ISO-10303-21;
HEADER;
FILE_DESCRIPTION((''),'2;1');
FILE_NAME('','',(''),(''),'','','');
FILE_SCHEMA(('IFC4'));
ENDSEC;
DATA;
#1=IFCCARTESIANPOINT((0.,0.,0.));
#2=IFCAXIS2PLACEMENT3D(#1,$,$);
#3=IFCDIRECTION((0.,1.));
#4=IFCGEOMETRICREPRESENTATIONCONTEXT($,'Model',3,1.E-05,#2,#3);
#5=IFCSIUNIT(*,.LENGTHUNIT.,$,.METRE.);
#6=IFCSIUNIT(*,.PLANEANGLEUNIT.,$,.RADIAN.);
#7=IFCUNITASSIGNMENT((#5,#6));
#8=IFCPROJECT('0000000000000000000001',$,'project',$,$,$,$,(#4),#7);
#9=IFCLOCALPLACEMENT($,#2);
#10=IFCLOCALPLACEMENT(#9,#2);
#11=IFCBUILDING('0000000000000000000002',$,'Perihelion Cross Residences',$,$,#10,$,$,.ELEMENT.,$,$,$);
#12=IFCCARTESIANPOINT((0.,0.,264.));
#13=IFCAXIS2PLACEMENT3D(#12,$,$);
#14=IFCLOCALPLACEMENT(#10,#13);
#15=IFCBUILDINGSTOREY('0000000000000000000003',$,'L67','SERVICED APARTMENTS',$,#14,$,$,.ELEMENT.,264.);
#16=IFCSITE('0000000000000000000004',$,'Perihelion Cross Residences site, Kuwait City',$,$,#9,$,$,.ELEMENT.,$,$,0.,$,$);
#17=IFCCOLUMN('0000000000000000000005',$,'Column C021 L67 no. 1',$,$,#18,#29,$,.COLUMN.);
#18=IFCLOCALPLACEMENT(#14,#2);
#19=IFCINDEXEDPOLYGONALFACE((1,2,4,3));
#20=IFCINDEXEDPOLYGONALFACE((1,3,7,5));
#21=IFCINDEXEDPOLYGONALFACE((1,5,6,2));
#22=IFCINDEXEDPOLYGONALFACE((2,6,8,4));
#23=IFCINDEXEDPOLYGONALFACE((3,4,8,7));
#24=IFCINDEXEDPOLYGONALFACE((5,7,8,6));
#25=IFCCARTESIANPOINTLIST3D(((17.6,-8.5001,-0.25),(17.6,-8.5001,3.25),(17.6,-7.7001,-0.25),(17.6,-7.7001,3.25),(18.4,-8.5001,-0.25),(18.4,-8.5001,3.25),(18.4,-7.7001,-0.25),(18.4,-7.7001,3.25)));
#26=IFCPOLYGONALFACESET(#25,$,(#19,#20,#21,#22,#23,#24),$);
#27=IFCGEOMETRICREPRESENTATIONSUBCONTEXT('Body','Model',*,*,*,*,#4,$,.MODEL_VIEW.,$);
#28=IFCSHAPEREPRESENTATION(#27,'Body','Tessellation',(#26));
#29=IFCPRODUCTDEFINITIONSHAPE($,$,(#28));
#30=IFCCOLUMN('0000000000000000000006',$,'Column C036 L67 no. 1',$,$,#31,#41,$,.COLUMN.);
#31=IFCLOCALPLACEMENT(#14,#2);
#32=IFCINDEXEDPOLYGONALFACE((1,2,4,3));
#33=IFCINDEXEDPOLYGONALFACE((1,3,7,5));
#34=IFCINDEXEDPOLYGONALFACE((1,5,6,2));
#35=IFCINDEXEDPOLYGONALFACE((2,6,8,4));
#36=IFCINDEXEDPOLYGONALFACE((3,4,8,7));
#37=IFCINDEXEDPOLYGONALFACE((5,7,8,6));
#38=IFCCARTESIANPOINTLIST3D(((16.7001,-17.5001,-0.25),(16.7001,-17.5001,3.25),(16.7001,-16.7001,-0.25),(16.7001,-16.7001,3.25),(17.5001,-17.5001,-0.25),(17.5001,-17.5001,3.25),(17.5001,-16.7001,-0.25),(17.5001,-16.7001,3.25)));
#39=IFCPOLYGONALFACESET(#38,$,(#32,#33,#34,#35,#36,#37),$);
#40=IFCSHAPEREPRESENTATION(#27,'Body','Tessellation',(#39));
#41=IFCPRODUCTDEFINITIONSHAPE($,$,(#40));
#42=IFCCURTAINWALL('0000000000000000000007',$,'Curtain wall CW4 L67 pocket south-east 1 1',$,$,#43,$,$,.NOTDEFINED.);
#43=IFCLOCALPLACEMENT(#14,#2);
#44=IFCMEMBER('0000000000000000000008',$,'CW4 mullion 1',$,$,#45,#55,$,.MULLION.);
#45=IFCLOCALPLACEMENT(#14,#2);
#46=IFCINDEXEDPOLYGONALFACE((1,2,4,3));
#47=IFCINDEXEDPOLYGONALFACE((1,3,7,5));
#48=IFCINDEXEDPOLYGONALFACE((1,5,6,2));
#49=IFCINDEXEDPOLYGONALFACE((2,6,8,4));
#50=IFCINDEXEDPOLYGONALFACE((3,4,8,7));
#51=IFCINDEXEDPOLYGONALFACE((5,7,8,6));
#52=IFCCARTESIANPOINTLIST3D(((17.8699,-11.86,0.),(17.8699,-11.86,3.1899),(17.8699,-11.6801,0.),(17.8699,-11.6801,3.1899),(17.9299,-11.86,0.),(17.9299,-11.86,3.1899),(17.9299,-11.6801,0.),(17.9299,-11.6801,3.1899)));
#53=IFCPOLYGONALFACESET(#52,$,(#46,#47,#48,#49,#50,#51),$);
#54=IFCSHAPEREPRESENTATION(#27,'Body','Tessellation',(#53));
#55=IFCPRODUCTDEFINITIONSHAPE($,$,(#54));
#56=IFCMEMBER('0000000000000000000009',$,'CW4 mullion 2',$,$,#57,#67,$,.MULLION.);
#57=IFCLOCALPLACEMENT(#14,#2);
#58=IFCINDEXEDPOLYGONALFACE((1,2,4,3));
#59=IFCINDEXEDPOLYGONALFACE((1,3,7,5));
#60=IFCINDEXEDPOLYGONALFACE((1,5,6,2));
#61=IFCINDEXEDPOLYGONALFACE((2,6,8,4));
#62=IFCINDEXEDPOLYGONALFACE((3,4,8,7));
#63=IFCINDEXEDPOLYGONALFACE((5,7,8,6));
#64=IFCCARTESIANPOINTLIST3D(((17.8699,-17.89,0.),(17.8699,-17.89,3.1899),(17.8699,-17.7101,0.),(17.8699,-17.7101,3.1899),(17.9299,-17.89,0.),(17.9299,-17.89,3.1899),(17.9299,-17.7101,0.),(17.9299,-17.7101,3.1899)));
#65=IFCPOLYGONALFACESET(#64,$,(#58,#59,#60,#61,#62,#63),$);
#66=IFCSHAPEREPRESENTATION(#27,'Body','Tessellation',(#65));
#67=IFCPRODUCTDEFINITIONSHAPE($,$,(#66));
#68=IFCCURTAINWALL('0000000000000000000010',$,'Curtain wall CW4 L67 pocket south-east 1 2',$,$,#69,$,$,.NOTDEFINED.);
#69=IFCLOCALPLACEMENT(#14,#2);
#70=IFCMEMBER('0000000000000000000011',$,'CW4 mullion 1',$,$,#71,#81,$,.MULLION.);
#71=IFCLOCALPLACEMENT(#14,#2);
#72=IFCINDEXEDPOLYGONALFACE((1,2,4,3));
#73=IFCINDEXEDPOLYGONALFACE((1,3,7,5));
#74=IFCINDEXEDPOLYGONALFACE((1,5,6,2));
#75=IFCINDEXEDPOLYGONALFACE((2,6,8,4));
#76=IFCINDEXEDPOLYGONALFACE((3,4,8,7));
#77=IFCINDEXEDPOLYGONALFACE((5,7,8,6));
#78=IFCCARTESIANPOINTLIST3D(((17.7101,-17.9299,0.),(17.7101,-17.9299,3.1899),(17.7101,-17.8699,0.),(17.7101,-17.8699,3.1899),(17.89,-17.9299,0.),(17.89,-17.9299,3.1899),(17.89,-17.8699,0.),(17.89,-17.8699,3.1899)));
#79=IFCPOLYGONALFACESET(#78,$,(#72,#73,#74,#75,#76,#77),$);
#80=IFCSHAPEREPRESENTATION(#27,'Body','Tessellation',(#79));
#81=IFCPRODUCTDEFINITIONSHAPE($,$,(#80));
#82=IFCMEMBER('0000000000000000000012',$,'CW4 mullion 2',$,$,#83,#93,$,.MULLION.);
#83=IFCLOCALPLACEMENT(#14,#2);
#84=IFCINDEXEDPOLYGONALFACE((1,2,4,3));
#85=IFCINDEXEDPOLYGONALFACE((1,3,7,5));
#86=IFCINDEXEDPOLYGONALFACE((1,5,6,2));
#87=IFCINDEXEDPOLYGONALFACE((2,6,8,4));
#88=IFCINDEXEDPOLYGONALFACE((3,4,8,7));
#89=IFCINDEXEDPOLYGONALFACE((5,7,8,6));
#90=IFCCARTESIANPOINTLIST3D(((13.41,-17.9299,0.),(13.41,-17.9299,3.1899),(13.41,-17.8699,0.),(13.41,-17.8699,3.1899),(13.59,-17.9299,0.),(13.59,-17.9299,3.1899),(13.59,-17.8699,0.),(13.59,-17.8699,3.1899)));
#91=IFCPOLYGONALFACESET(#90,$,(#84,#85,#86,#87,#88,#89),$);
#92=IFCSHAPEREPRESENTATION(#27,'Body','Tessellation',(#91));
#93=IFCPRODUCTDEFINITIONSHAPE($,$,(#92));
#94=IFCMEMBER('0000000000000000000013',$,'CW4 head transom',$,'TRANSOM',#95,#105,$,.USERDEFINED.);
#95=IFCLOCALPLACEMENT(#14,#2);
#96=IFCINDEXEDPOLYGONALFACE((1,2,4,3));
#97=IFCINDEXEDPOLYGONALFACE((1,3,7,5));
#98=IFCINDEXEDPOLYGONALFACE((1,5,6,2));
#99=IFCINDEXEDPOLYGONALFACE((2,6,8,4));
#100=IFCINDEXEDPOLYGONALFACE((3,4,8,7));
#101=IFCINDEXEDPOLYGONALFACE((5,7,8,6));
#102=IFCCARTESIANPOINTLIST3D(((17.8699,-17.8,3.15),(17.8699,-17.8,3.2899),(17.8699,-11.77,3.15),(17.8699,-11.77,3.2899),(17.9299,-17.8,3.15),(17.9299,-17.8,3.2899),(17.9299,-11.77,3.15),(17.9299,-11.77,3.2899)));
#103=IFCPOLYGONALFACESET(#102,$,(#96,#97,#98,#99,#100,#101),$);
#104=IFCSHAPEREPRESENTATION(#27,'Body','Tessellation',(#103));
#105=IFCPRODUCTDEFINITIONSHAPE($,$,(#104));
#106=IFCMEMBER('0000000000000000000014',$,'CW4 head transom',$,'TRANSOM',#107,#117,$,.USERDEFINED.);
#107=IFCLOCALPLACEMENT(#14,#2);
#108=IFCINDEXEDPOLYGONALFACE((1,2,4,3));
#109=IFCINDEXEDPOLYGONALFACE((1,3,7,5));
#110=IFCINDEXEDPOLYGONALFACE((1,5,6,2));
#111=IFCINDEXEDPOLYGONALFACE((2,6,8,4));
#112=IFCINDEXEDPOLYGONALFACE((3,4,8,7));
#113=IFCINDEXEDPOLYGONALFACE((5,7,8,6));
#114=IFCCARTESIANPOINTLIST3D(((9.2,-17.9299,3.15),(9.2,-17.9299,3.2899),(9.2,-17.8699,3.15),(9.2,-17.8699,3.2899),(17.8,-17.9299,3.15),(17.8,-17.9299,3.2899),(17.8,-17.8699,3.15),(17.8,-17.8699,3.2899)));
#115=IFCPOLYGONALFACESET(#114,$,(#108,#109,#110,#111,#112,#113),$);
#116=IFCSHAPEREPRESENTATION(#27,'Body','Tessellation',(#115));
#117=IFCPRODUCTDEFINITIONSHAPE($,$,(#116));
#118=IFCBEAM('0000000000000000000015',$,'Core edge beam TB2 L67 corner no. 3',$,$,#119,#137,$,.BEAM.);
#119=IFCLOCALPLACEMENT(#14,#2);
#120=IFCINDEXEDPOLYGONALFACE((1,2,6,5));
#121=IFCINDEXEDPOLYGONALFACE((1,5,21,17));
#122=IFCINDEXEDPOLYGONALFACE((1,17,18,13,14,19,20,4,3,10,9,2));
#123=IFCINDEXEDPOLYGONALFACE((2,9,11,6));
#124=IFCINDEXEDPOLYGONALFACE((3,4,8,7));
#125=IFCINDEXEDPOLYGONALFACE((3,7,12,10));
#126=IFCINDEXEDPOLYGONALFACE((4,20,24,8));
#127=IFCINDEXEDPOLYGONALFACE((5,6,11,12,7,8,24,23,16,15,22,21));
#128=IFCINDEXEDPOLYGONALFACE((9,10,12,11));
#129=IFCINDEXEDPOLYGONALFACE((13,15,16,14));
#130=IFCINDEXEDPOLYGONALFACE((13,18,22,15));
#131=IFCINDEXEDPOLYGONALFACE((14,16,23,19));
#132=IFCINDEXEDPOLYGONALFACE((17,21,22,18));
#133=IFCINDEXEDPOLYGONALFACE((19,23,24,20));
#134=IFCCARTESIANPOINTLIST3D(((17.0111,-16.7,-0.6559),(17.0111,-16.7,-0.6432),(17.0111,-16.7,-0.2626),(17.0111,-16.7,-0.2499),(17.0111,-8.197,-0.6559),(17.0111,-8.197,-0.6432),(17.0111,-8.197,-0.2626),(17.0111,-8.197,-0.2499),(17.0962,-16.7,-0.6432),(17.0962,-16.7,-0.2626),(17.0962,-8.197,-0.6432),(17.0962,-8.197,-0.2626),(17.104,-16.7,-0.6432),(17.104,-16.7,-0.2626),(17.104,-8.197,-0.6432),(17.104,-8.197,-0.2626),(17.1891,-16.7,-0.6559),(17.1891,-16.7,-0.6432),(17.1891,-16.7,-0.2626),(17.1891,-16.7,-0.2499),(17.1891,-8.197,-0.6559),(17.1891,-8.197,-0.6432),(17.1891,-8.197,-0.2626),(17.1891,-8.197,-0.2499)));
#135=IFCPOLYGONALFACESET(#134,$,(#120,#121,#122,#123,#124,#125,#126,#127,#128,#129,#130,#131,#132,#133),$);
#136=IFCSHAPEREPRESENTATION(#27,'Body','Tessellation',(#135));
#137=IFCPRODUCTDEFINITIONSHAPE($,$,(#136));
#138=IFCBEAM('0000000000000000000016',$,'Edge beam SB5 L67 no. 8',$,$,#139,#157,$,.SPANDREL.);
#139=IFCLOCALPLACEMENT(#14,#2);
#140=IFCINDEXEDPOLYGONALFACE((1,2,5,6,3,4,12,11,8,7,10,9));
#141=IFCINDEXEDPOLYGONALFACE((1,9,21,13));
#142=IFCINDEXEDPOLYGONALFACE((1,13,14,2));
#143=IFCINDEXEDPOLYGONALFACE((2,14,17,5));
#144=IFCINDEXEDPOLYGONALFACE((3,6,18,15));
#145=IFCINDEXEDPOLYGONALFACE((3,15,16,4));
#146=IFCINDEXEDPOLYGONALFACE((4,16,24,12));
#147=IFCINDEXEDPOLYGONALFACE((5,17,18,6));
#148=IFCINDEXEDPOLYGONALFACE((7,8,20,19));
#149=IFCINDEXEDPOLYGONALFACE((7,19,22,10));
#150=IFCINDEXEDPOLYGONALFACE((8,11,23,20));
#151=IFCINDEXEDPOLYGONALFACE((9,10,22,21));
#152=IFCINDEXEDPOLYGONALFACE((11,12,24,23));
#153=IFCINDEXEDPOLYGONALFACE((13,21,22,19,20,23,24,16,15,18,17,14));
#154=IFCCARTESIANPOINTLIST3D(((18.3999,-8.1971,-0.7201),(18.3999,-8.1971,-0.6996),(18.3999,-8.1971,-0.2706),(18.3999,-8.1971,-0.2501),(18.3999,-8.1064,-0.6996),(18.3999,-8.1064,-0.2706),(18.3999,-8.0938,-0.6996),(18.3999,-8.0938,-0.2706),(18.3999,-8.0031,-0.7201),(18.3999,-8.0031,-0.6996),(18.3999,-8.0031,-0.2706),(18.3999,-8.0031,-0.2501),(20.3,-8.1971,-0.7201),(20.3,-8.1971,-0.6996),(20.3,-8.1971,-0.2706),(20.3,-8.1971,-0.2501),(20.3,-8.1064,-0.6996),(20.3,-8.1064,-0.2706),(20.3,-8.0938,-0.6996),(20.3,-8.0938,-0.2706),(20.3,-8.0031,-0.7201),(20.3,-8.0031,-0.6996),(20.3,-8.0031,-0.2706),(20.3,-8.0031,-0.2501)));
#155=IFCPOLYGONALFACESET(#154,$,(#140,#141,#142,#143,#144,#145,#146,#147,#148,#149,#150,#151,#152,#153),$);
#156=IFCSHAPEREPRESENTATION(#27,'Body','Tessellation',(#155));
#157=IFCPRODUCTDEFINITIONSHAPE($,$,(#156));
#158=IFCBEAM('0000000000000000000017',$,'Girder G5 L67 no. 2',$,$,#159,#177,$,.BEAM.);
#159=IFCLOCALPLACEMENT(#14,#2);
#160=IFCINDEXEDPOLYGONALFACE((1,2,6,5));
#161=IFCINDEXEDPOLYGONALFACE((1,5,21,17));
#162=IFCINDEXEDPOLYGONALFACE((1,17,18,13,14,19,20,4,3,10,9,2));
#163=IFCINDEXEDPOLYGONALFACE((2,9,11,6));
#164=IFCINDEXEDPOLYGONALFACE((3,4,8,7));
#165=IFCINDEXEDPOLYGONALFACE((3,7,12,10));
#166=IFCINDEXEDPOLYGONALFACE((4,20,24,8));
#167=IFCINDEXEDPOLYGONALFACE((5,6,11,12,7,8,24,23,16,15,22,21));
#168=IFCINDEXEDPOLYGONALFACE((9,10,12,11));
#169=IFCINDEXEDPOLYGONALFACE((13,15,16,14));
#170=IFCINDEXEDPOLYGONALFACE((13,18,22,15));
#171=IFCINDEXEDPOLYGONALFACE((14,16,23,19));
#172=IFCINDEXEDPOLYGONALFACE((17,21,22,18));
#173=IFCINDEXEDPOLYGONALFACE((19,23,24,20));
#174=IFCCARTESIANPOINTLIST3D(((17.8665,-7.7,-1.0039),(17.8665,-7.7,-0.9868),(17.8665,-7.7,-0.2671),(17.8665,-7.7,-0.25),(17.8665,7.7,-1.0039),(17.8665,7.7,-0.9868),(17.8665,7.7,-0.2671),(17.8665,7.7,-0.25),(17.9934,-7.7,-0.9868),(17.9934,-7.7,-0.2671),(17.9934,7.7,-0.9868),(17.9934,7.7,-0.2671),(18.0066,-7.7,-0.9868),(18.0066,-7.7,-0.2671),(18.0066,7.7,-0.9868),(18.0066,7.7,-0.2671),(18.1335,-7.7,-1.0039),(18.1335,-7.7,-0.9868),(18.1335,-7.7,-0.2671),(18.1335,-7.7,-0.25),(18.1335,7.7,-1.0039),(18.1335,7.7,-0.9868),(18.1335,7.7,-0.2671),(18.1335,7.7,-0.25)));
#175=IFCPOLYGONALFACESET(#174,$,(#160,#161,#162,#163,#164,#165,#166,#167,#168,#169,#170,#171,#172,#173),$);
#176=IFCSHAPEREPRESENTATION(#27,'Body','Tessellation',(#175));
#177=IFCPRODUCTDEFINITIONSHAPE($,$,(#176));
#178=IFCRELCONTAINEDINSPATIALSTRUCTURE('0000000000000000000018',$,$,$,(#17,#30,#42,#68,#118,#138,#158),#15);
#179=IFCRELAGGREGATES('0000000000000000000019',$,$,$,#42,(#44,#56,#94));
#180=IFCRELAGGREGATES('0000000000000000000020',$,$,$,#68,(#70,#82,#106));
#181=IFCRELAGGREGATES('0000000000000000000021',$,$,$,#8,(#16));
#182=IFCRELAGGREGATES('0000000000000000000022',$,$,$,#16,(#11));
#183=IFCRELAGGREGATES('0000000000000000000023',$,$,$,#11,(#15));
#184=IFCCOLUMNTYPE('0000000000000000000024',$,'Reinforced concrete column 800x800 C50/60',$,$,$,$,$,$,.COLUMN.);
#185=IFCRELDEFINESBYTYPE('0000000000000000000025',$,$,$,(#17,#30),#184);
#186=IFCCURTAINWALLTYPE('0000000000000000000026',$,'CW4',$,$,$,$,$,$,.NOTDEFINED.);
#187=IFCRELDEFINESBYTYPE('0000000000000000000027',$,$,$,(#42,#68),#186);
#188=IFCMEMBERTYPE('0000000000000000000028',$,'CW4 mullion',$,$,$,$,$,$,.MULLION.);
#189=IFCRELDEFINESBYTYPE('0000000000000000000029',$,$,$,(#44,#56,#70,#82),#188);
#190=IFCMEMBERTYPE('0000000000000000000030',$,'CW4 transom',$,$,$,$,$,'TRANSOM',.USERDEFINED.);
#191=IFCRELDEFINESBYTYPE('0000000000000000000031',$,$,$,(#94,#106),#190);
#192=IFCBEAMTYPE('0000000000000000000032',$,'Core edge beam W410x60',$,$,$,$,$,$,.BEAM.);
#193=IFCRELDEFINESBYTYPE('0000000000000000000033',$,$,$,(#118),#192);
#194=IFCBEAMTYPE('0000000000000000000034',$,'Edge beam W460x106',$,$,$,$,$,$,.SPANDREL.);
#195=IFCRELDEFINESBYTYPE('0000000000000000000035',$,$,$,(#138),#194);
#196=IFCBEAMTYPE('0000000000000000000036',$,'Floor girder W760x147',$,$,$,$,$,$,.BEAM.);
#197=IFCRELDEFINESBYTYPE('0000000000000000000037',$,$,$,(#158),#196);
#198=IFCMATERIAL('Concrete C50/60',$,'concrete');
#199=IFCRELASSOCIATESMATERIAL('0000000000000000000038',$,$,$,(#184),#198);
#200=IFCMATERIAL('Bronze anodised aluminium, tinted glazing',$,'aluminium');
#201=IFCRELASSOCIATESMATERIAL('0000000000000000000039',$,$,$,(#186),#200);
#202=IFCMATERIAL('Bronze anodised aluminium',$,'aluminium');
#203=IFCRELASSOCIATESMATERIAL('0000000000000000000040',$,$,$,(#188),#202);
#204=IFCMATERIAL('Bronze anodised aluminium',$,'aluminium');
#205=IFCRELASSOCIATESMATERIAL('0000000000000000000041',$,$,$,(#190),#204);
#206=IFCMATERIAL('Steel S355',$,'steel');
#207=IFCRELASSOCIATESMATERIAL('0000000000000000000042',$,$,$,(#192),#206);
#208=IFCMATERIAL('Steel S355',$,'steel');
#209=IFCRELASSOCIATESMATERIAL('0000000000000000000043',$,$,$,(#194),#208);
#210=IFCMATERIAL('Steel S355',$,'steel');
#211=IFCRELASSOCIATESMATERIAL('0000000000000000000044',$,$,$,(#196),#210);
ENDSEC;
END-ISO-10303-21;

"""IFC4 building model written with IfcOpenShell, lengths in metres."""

from ifc_helpers import new_model, si_unit, direction, frame, origin, origin_2d, place, context, subcontext, project, spatial, rectangle, i_section, extrude, material, material_profile, profile_set, type_object, element, aggregate, save


model = new_model("IFC4")

# Units and contexts
model_context = context("Model", 3, precision=1e-05, world=origin(), true_north=direction((0.0, 1.0)))
body_context = subcontext(model_context, "Body", "Model", "MODEL_VIEW")
ifc_project = project(units=[si_unit("LENGTHUNIT", "METRE"), si_unit("PLANEANGLEUNIT", "RADIAN")], contexts=[model_context])

# Site, building, storey
site_placement = place(None, origin())
site = spatial("IfcSite", under=ifc_project, at=site_placement, Name="Perihelion Cross Residences site, Kuwait City", CompositionType="ELEMENT", RefElevation=0.0)
building_placement = place(site_placement, origin())
building = spatial("IfcBuilding", under=site, at=building_placement, Name="Perihelion Cross Residences", CompositionType="ELEMENT")
storey_placement = place(building_placement, frame((0.0, 0.0, 264.0)))
storey = spatial("IfcBuildingStorey", under=building, at=storey_placement, Name="L67", Description="SERVICED APARTMENTS", CompositionType="ELEMENT", Elevation=264.0)

# Columns
ifc_material_1 = material(Name="Concrete C50/60", Category="concrete")
ifc_material_profile_1 = material_profile(ifc_material_1, rectangle(XDim=0.8, YDim=0.8, at=origin_2d()), Name="RC 800x800")
ifc_profile_set_1 = profile_set([ifc_material_profile_1], Name="Concrete C50/60")
column_type = type_object("IfcColumnType", Name="Reinforced concrete column 800x800 C50/60", PredefinedType="COLUMN", material=ifc_profile_set_1)
for number, where, z_axis, x_axis, name in (
    (1, (18.0, -8.1001, -0.25), (0.0, 0.0, 1.0), (1.0, 0.0, 0.0), "Column C021 L67 no. 1"),
    (2, (17.1001, -17.1001, -0.25), (0.0, 0.0, 1.0), (1.0, 0.0, 0.0), "Column C036 L67 no. 1"),
):
    element("IfcColumn", number, at=place(storey_placement, frame(where, z_axis=z_axis, x_axis=x_axis)), inside=storey, type_object=column_type, Name=name, PredefinedType="COLUMN", context=body_context, shape_type="SweptSolid", body=[
        extrude(rectangle(XDim=0.8, YDim=0.8, at=origin_2d()), origin(), (0.0, 0.0, 1.0), 3.5),
    ])

# Curtain walls, members
ifc_material_2 = material(Name="Bronze anodised aluminium, tinted glazing", Category="aluminium")
curtain_wall_type_1 = type_object("IfcCurtainWallType", Name="CW4", PredefinedType="NOTDEFINED", material=ifc_material_2)
curtain_wall_1_placement = place(storey_placement, origin())
curtain_wall_1 = element("IfcCurtainWall", 3, at=curtain_wall_1_placement, inside=storey, type_object=curtain_wall_type_1, Name="Curtain wall CW4 L67 pocket south-east 1 1", PredefinedType="NOTDEFINED")
ifc_material_3 = material(Name="Bronze anodised aluminium", Category="aluminium")
ifc_material_profile_2 = material_profile(ifc_material_3, rectangle(XDim=0.0601, YDim=0.1799, at=origin_2d()), Name="CW4 mullion")
ifc_profile_set_2 = profile_set([ifc_material_profile_2], Name="Bronze anodised aluminium")
member_type_1 = type_object("IfcMemberType", Name="CW4 mullion", PredefinedType="MULLION", material=ifc_profile_set_2)
member_1_placement = place(storey_placement, frame((17.8999, -11.77, 0.0), z_axis=(0.0, 0.0, 1.0), x_axis=(1.0, 0.0, 0.0)))
member_1 = element("IfcMember", 4, at=member_1_placement, type_object=member_type_1, Name="CW4 mullion 1", PredefinedType="MULLION", context=body_context, shape_type="SweptSolid", body=[
    extrude(rectangle(XDim=0.0601, YDim=0.1799, at=origin_2d()), origin(), (0.0, 0.0, 1.0), 3.1899),
])
member_2_placement = place(storey_placement, frame((17.8999, -17.8, 0.0), z_axis=(0.0, 0.0, 1.0), x_axis=(1.0, 0.0, 0.0)))
member_2 = element("IfcMember", 5, at=member_2_placement, type_object=member_type_1, Name="CW4 mullion 2", PredefinedType="MULLION", context=body_context, shape_type="SweptSolid", body=[
    extrude(rectangle(XDim=0.0601, YDim=0.1799, at=origin_2d()), origin(), (0.0, 0.0, 1.0), 3.1899),
])
curtain_wall_2_placement = place(storey_placement, origin())
curtain_wall_2 = element("IfcCurtainWall", 6, at=curtain_wall_2_placement, inside=storey, type_object=curtain_wall_type_1, Name="Curtain wall CW4 L67 pocket south-east 1 2", PredefinedType="NOTDEFINED")
member_3_placement = place(storey_placement, frame((17.8, -17.8999, 0.0), z_axis=(0.0, 0.0, 1.0), x_axis=(0.0, -1.0, 0.0)))
member_3 = element("IfcMember", 7, at=member_3_placement, type_object=member_type_1, Name="CW4 mullion 1", PredefinedType="MULLION", context=body_context, shape_type="SweptSolid", body=[
    extrude(rectangle(XDim=0.0601, YDim=0.1799, at=origin_2d()), origin(), (0.0, 0.0, 1.0), 3.1899),
])
member_4_placement = place(storey_placement, frame((13.5, -17.8999, 0.0), z_axis=(0.0, 0.0, 1.0), x_axis=(0.0, -1.0, 0.0)))
member_4 = element("IfcMember", 8, at=member_4_placement, type_object=member_type_1, Name="CW4 mullion 2", PredefinedType="MULLION", context=body_context, shape_type="SweptSolid", body=[
    extrude(rectangle(XDim=0.0601, YDim=0.1799, at=origin_2d()), origin(), (0.0, 0.0, 1.0), 3.1899),
])

# Members
ifc_material_4 = material(Name="Bronze anodised aluminium", Category="aluminium")
ifc_material_profile_3 = material_profile(ifc_material_4, rectangle(XDim=0.0601, YDim=0.1399, at=origin_2d()), Name="CW4 transom")
ifc_profile_set_3 = profile_set([ifc_material_profile_3], Name="Bronze anodised aluminium")
member_type_2 = type_object("IfcMemberType", Name="CW4 transom", ElementType="TRANSOM", PredefinedType="USERDEFINED", material=ifc_profile_set_3)
member_5_placement = place(storey_placement, frame((17.8999, -11.77, 3.22), z_axis=(0.0, -1.0, 0.0), x_axis=(1.0, 0.0, 0.0)))
member_5 = element("IfcMember", 9, at=member_5_placement, type_object=member_type_2, Name="CW4 head transom", ObjectType="TRANSOM", PredefinedType="USERDEFINED", context=body_context, shape_type="SweptSolid", body=[
    extrude(rectangle(XDim=0.0601, YDim=0.1399, at=origin_2d()), origin(), (0.0, 0.0, 1.0), 6.03),
])
member_6_placement = place(storey_placement, frame((17.8, -17.8999, 3.22), z_axis=(-1.0, 0.0, 0.0), x_axis=(0.0, -1.0, 0.0)))
member_6 = element("IfcMember", 10, at=member_6_placement, type_object=member_type_2, Name="CW4 head transom", ObjectType="TRANSOM", PredefinedType="USERDEFINED", context=body_context, shape_type="SweptSolid", body=[
    extrude(rectangle(XDim=0.0601, YDim=0.1399, at=origin_2d()), origin(), (0.0, 0.0, 1.0), 8.6001),
])

# Beams
ifc_material_5 = material(Name="Steel S355", Category="steel")
ifc_material_profile_4 = material_profile(ifc_material_5, i_section(OverallWidth=0.178, OverallDepth=0.406, WebThickness=0.0078, FlangeThickness=0.0127, at=origin_2d()), Name="W410x60")
ifc_profile_set_4 = profile_set([ifc_material_profile_4], Name="Steel S355")
beam_type_1 = type_object("IfcBeamType", Name="Core edge beam W410x60", PredefinedType="BEAM", material=ifc_profile_set_4)
beam_1_placement = place(storey_placement, frame((17.1001, -8.197, -0.4529), z_axis=(0.0, -1.0, 0.0), x_axis=(1.0, 0.0, 0.0)))
element("IfcBeam", 11, at=beam_1_placement, inside=storey, type_object=beam_type_1, Name="Core edge beam TB2 L67 corner no. 3", PredefinedType="BEAM", context=body_context, shape_type="SweptSolid", body=[
    extrude(i_section(OverallWidth=0.178, OverallDepth=0.406, WebThickness=0.0078, FlangeThickness=0.0127, at=origin_2d()), origin(), (0.0, 0.0, 1.0), 8.5029),
])
ifc_material_6 = material(Name="Steel S355", Category="steel")
ifc_material_profile_5 = material_profile(ifc_material_6, i_section(OverallWidth=0.1941, OverallDepth=0.47, WebThickness=0.0127, FlangeThickness=0.0205, at=origin_2d()), Name="W460x106")
ifc_profile_set_5 = profile_set([ifc_material_profile_5], Name="Steel S355")
beam_type_2 = type_object("IfcBeamType", Name="Edge beam W460x106", PredefinedType="SPANDREL", material=ifc_profile_set_5)
beam_2_placement = place(storey_placement, frame((18.3999, -8.1001, -0.4851), z_axis=(1.0, 0.0, 0.0), x_axis=(0.0, 1.0, 0.0)))
element("IfcBeam", 12, at=beam_2_placement, inside=storey, type_object=beam_type_2, Name="Edge beam SB5 L67 no. 8", PredefinedType="SPANDREL", context=body_context, shape_type="SweptSolid", body=[
    extrude(i_section(OverallWidth=0.1941, OverallDepth=0.47, WebThickness=0.0127, FlangeThickness=0.0205, at=origin_2d()), origin(), (0.0, 0.0, 1.0), 1.9001),
])
ifc_material_7 = material(Name="Steel S355", Category="steel")
ifc_material_profile_6 = material_profile(ifc_material_7, i_section(OverallWidth=0.2671, OverallDepth=0.7539, WebThickness=0.0132, FlangeThickness=0.0171, at=origin_2d()), Name="W760x147")
ifc_profile_set_6 = profile_set([ifc_material_profile_6], Name="Steel S355")
beam_type_3 = type_object("IfcBeamType", Name="Floor girder W760x147", PredefinedType="BEAM", material=ifc_profile_set_6)
beam_3_placement = place(storey_placement, frame((18.0, -7.7, -0.627), z_axis=(0.0, 1.0, 0.0), x_axis=(-1.0, 0.0, 0.0)))
element("IfcBeam", 13, at=beam_3_placement, inside=storey, type_object=beam_type_3, Name="Girder G5 L67 no. 2", PredefinedType="BEAM", context=body_context, shape_type="SweptSolid", body=[
    extrude(i_section(OverallWidth=0.2671, OverallDepth=0.7539, WebThickness=0.0132, FlangeThickness=0.0171, at=origin_2d()), origin(), (0.0, 0.0, 1.0), 15.3999),
])

aggregate(curtain_wall_1, [member_1, member_2, member_5])
aggregate(curtain_wall_2, [member_3, member_4, member_6])

save(model, "model.ifc")
